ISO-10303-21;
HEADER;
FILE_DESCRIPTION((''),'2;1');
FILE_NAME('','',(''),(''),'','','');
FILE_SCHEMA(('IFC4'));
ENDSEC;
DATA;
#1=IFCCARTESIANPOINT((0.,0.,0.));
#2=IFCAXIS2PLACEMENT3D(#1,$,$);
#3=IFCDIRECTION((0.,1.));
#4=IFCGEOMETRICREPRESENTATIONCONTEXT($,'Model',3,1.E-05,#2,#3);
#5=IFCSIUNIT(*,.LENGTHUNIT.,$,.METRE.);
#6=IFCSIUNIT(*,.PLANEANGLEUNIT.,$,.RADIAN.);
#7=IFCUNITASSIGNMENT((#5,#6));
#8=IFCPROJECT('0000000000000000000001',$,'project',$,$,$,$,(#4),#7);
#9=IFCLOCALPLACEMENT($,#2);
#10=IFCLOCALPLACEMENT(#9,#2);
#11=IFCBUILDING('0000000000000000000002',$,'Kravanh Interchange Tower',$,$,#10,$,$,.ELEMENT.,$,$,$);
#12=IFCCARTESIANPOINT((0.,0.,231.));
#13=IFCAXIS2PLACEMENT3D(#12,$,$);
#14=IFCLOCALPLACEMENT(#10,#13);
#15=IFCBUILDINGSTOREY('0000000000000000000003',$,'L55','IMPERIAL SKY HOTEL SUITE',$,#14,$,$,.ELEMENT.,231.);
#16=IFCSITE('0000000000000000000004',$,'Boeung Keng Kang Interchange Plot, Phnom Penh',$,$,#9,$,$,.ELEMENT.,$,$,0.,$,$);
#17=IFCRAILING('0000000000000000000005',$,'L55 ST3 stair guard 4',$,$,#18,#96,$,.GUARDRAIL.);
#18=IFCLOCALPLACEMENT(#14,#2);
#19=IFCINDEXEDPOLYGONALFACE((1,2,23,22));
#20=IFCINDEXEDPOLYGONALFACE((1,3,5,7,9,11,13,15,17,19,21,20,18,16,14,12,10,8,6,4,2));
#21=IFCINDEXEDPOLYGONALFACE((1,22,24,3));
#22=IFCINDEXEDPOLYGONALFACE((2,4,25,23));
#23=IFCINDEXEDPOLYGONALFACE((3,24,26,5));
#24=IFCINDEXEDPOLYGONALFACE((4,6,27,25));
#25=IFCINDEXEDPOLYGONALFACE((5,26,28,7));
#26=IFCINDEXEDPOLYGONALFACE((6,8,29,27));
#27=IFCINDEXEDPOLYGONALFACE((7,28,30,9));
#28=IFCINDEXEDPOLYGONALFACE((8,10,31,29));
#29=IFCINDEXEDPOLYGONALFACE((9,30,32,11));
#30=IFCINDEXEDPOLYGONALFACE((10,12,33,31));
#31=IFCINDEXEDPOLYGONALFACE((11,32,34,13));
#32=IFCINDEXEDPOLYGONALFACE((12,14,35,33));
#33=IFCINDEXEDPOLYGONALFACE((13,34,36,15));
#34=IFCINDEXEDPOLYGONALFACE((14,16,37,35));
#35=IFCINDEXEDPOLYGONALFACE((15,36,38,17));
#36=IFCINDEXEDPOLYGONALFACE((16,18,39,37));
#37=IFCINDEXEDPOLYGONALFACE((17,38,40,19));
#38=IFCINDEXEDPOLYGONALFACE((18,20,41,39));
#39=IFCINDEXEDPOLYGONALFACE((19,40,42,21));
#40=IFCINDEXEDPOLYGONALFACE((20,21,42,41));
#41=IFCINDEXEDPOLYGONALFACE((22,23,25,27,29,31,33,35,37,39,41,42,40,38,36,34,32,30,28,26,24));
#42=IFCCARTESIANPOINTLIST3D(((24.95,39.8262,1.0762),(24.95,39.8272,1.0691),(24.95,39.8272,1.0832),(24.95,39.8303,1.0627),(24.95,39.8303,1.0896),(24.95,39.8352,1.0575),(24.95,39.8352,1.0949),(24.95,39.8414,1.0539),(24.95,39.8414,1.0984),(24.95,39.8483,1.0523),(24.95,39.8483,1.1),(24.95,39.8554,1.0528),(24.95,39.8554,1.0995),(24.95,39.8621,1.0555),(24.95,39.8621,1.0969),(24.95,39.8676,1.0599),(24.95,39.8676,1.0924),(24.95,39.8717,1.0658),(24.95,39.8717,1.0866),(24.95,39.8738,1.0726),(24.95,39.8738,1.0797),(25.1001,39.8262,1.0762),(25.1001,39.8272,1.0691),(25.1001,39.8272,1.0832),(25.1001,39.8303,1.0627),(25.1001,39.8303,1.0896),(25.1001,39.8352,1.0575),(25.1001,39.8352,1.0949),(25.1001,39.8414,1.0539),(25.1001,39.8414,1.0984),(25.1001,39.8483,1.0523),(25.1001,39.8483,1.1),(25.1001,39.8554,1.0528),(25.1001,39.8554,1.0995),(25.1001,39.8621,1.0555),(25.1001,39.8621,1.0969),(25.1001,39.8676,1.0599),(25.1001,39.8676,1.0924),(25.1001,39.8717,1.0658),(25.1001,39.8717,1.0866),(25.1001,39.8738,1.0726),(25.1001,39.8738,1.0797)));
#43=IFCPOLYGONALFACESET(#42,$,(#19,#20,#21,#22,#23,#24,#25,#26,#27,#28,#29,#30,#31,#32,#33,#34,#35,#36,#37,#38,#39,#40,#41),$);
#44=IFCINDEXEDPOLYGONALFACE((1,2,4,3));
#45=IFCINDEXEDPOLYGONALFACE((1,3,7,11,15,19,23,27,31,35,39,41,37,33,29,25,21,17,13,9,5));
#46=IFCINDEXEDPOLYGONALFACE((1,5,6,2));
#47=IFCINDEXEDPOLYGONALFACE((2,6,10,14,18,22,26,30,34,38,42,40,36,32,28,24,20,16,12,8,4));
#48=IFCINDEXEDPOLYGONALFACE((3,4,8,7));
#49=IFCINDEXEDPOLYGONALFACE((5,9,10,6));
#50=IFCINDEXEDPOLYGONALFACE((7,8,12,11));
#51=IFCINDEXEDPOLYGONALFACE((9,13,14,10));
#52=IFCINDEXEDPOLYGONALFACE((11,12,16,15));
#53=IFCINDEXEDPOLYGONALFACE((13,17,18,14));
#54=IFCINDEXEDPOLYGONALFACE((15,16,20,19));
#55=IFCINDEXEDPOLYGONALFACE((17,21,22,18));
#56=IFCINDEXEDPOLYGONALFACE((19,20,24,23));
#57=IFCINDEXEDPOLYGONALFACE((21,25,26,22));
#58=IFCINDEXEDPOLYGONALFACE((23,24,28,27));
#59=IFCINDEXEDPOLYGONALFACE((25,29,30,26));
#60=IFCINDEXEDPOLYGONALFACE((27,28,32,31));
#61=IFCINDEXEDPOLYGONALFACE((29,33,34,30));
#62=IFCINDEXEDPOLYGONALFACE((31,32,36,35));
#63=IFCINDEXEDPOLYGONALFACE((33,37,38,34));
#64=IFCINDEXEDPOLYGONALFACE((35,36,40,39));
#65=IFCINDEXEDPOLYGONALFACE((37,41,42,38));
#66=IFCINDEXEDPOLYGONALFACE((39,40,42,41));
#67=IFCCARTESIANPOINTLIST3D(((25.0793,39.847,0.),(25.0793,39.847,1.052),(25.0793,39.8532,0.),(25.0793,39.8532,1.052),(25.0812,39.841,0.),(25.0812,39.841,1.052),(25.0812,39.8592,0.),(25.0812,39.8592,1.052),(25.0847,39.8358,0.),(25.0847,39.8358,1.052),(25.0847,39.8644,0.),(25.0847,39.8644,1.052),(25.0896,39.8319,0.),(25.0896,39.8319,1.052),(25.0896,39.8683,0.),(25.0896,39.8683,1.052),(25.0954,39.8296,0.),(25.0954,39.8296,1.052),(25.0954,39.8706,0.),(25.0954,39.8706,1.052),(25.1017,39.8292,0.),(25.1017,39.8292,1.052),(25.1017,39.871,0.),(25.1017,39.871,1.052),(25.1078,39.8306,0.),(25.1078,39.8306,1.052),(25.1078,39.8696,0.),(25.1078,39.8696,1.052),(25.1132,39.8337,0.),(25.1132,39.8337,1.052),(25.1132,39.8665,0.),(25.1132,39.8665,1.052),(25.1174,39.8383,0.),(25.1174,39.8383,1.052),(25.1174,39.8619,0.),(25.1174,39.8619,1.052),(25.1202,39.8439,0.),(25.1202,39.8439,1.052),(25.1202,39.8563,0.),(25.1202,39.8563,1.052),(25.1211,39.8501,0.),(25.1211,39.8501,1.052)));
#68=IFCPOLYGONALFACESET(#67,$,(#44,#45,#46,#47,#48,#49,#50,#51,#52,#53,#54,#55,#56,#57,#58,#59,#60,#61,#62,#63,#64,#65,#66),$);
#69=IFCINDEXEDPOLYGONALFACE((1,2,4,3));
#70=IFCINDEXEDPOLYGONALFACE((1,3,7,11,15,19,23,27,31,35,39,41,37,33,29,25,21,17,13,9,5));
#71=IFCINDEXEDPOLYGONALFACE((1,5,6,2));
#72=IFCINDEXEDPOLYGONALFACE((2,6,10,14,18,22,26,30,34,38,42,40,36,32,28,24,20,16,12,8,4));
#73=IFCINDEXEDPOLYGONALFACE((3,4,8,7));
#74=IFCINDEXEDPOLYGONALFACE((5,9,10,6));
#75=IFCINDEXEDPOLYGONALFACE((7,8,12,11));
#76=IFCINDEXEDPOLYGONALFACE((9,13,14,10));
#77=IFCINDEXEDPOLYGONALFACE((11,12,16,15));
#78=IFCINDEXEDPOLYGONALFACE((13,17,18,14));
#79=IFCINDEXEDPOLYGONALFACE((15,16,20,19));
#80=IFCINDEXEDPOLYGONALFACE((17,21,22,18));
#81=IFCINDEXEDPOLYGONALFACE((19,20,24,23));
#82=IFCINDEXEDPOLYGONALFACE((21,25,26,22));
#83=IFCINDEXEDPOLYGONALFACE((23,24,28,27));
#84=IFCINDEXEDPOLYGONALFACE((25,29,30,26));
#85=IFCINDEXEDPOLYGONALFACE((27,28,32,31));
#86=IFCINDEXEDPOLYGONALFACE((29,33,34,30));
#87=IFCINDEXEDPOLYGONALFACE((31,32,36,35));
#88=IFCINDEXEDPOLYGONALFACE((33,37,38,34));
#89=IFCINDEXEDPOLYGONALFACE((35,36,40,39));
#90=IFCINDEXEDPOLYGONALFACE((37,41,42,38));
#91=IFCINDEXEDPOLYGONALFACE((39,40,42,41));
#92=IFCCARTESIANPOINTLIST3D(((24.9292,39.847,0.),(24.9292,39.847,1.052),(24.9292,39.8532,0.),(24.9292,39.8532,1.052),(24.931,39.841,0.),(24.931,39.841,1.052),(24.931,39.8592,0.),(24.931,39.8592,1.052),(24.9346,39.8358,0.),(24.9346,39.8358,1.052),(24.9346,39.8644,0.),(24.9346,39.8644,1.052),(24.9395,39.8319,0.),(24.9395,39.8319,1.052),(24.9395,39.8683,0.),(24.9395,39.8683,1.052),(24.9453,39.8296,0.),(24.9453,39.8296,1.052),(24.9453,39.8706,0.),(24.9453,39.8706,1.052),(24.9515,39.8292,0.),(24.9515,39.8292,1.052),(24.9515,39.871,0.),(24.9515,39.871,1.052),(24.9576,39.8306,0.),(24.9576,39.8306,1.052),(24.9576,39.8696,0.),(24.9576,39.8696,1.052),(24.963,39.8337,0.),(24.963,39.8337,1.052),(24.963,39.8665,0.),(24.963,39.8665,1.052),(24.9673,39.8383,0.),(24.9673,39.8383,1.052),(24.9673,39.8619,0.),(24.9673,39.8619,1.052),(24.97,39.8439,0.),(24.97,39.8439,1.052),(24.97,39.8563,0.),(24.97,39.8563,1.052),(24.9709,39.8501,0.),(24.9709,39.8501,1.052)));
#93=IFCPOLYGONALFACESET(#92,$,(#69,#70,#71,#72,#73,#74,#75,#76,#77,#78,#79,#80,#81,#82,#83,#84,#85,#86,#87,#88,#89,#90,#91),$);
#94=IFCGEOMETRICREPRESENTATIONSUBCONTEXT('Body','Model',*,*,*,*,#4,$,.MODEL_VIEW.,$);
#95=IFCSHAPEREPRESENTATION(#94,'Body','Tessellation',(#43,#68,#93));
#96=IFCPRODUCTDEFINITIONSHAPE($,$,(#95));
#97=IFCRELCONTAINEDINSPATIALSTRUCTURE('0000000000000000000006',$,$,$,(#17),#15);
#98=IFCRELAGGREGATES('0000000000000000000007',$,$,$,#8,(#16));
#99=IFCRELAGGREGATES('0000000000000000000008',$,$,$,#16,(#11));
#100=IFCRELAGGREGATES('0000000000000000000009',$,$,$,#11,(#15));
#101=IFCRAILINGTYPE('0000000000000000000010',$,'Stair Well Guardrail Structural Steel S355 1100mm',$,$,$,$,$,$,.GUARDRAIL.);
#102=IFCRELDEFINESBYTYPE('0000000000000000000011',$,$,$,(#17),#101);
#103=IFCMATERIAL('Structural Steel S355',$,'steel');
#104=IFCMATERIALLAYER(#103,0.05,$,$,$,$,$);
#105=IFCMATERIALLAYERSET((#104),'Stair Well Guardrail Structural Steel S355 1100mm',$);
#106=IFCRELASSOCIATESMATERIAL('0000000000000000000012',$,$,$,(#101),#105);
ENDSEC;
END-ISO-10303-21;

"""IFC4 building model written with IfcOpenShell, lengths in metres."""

from ifc_helpers import new_model, si_unit, direction, frame, origin, origin_2d, place, context, subcontext, project, spatial, circle, extrude, material, layer, layer_set, type_object, element, save


model = new_model("IFC4")

# Units and contexts
model_context = context("Model", 3, precision=1e-05, world=origin(), true_north=direction((0.0, 1.0)))
body_context = subcontext(model_context, "Body", "Model", "MODEL_VIEW")
ifc_project = project(units=[si_unit("LENGTHUNIT", "METRE"), si_unit("PLANEANGLEUNIT", "RADIAN")], contexts=[model_context])

# Site, building, storey
site_placement = place(None, origin())
site = spatial("IfcSite", under=ifc_project, at=site_placement, Name="Boeung Keng Kang Interchange Plot, Phnom Penh", CompositionType="ELEMENT", RefElevation=0.0)
building_placement = place(site_placement, origin())
building = spatial("IfcBuilding", under=site, at=building_placement, Name="Kravanh Interchange Tower", CompositionType="ELEMENT")
storey_placement = place(building_placement, frame((0.0, 0.0, 231.0)))
storey = spatial("IfcBuildingStorey", under=building, at=storey_placement, Name="L55", Description="IMPERIAL SKY HOTEL SUITE", CompositionType="ELEMENT", Elevation=231.0)

# Railing
ifc_material_1 = material(Name="Structural Steel S355", Category="steel")
ifc_layer_1 = layer(ifc_material_1, 0.05)
ifc_layer_set_1 = layer_set([ifc_layer_1], Name="Stair Well Guardrail Structural Steel S355 1100mm")
railing_type_1 = type_object("IfcRailingType", Name="Stair Well Guardrail Structural Steel S355 1100mm", PredefinedType="GUARDRAIL", material=ifc_layer_set_1)
railing_1_placement = place(storey_placement, frame((25.1001, 39.8501, 0.0)))
element("IfcRailing", 1, at=railing_1_placement, inside=storey, type_object=railing_type_1, Name="L55 ST3 stair guard 4", PredefinedType="GUARDRAIL", context=body_context, shape_type="SweptSolid", body=[
    extrude(circle(Radius=0.0239, at=origin_2d()), frame((0.0, 0.0, 1.0762), z_axis=(-1.0, 0.0, 0.0), x_axis=(0.0, -1.0, 0.0)), (0.0, 0.0, 1.0), 0.1501),
    extrude(circle(Radius=0.021, at=origin_2d()), origin(), (0.0, 0.0, 1.0), 1.052),
    extrude(circle(Radius=0.021, at=origin_2d()), frame((-0.1501, 0.0, 0.0)), (0.0, 0.0, 1.0), 1.052),
])

save(model, "model.ifc")
